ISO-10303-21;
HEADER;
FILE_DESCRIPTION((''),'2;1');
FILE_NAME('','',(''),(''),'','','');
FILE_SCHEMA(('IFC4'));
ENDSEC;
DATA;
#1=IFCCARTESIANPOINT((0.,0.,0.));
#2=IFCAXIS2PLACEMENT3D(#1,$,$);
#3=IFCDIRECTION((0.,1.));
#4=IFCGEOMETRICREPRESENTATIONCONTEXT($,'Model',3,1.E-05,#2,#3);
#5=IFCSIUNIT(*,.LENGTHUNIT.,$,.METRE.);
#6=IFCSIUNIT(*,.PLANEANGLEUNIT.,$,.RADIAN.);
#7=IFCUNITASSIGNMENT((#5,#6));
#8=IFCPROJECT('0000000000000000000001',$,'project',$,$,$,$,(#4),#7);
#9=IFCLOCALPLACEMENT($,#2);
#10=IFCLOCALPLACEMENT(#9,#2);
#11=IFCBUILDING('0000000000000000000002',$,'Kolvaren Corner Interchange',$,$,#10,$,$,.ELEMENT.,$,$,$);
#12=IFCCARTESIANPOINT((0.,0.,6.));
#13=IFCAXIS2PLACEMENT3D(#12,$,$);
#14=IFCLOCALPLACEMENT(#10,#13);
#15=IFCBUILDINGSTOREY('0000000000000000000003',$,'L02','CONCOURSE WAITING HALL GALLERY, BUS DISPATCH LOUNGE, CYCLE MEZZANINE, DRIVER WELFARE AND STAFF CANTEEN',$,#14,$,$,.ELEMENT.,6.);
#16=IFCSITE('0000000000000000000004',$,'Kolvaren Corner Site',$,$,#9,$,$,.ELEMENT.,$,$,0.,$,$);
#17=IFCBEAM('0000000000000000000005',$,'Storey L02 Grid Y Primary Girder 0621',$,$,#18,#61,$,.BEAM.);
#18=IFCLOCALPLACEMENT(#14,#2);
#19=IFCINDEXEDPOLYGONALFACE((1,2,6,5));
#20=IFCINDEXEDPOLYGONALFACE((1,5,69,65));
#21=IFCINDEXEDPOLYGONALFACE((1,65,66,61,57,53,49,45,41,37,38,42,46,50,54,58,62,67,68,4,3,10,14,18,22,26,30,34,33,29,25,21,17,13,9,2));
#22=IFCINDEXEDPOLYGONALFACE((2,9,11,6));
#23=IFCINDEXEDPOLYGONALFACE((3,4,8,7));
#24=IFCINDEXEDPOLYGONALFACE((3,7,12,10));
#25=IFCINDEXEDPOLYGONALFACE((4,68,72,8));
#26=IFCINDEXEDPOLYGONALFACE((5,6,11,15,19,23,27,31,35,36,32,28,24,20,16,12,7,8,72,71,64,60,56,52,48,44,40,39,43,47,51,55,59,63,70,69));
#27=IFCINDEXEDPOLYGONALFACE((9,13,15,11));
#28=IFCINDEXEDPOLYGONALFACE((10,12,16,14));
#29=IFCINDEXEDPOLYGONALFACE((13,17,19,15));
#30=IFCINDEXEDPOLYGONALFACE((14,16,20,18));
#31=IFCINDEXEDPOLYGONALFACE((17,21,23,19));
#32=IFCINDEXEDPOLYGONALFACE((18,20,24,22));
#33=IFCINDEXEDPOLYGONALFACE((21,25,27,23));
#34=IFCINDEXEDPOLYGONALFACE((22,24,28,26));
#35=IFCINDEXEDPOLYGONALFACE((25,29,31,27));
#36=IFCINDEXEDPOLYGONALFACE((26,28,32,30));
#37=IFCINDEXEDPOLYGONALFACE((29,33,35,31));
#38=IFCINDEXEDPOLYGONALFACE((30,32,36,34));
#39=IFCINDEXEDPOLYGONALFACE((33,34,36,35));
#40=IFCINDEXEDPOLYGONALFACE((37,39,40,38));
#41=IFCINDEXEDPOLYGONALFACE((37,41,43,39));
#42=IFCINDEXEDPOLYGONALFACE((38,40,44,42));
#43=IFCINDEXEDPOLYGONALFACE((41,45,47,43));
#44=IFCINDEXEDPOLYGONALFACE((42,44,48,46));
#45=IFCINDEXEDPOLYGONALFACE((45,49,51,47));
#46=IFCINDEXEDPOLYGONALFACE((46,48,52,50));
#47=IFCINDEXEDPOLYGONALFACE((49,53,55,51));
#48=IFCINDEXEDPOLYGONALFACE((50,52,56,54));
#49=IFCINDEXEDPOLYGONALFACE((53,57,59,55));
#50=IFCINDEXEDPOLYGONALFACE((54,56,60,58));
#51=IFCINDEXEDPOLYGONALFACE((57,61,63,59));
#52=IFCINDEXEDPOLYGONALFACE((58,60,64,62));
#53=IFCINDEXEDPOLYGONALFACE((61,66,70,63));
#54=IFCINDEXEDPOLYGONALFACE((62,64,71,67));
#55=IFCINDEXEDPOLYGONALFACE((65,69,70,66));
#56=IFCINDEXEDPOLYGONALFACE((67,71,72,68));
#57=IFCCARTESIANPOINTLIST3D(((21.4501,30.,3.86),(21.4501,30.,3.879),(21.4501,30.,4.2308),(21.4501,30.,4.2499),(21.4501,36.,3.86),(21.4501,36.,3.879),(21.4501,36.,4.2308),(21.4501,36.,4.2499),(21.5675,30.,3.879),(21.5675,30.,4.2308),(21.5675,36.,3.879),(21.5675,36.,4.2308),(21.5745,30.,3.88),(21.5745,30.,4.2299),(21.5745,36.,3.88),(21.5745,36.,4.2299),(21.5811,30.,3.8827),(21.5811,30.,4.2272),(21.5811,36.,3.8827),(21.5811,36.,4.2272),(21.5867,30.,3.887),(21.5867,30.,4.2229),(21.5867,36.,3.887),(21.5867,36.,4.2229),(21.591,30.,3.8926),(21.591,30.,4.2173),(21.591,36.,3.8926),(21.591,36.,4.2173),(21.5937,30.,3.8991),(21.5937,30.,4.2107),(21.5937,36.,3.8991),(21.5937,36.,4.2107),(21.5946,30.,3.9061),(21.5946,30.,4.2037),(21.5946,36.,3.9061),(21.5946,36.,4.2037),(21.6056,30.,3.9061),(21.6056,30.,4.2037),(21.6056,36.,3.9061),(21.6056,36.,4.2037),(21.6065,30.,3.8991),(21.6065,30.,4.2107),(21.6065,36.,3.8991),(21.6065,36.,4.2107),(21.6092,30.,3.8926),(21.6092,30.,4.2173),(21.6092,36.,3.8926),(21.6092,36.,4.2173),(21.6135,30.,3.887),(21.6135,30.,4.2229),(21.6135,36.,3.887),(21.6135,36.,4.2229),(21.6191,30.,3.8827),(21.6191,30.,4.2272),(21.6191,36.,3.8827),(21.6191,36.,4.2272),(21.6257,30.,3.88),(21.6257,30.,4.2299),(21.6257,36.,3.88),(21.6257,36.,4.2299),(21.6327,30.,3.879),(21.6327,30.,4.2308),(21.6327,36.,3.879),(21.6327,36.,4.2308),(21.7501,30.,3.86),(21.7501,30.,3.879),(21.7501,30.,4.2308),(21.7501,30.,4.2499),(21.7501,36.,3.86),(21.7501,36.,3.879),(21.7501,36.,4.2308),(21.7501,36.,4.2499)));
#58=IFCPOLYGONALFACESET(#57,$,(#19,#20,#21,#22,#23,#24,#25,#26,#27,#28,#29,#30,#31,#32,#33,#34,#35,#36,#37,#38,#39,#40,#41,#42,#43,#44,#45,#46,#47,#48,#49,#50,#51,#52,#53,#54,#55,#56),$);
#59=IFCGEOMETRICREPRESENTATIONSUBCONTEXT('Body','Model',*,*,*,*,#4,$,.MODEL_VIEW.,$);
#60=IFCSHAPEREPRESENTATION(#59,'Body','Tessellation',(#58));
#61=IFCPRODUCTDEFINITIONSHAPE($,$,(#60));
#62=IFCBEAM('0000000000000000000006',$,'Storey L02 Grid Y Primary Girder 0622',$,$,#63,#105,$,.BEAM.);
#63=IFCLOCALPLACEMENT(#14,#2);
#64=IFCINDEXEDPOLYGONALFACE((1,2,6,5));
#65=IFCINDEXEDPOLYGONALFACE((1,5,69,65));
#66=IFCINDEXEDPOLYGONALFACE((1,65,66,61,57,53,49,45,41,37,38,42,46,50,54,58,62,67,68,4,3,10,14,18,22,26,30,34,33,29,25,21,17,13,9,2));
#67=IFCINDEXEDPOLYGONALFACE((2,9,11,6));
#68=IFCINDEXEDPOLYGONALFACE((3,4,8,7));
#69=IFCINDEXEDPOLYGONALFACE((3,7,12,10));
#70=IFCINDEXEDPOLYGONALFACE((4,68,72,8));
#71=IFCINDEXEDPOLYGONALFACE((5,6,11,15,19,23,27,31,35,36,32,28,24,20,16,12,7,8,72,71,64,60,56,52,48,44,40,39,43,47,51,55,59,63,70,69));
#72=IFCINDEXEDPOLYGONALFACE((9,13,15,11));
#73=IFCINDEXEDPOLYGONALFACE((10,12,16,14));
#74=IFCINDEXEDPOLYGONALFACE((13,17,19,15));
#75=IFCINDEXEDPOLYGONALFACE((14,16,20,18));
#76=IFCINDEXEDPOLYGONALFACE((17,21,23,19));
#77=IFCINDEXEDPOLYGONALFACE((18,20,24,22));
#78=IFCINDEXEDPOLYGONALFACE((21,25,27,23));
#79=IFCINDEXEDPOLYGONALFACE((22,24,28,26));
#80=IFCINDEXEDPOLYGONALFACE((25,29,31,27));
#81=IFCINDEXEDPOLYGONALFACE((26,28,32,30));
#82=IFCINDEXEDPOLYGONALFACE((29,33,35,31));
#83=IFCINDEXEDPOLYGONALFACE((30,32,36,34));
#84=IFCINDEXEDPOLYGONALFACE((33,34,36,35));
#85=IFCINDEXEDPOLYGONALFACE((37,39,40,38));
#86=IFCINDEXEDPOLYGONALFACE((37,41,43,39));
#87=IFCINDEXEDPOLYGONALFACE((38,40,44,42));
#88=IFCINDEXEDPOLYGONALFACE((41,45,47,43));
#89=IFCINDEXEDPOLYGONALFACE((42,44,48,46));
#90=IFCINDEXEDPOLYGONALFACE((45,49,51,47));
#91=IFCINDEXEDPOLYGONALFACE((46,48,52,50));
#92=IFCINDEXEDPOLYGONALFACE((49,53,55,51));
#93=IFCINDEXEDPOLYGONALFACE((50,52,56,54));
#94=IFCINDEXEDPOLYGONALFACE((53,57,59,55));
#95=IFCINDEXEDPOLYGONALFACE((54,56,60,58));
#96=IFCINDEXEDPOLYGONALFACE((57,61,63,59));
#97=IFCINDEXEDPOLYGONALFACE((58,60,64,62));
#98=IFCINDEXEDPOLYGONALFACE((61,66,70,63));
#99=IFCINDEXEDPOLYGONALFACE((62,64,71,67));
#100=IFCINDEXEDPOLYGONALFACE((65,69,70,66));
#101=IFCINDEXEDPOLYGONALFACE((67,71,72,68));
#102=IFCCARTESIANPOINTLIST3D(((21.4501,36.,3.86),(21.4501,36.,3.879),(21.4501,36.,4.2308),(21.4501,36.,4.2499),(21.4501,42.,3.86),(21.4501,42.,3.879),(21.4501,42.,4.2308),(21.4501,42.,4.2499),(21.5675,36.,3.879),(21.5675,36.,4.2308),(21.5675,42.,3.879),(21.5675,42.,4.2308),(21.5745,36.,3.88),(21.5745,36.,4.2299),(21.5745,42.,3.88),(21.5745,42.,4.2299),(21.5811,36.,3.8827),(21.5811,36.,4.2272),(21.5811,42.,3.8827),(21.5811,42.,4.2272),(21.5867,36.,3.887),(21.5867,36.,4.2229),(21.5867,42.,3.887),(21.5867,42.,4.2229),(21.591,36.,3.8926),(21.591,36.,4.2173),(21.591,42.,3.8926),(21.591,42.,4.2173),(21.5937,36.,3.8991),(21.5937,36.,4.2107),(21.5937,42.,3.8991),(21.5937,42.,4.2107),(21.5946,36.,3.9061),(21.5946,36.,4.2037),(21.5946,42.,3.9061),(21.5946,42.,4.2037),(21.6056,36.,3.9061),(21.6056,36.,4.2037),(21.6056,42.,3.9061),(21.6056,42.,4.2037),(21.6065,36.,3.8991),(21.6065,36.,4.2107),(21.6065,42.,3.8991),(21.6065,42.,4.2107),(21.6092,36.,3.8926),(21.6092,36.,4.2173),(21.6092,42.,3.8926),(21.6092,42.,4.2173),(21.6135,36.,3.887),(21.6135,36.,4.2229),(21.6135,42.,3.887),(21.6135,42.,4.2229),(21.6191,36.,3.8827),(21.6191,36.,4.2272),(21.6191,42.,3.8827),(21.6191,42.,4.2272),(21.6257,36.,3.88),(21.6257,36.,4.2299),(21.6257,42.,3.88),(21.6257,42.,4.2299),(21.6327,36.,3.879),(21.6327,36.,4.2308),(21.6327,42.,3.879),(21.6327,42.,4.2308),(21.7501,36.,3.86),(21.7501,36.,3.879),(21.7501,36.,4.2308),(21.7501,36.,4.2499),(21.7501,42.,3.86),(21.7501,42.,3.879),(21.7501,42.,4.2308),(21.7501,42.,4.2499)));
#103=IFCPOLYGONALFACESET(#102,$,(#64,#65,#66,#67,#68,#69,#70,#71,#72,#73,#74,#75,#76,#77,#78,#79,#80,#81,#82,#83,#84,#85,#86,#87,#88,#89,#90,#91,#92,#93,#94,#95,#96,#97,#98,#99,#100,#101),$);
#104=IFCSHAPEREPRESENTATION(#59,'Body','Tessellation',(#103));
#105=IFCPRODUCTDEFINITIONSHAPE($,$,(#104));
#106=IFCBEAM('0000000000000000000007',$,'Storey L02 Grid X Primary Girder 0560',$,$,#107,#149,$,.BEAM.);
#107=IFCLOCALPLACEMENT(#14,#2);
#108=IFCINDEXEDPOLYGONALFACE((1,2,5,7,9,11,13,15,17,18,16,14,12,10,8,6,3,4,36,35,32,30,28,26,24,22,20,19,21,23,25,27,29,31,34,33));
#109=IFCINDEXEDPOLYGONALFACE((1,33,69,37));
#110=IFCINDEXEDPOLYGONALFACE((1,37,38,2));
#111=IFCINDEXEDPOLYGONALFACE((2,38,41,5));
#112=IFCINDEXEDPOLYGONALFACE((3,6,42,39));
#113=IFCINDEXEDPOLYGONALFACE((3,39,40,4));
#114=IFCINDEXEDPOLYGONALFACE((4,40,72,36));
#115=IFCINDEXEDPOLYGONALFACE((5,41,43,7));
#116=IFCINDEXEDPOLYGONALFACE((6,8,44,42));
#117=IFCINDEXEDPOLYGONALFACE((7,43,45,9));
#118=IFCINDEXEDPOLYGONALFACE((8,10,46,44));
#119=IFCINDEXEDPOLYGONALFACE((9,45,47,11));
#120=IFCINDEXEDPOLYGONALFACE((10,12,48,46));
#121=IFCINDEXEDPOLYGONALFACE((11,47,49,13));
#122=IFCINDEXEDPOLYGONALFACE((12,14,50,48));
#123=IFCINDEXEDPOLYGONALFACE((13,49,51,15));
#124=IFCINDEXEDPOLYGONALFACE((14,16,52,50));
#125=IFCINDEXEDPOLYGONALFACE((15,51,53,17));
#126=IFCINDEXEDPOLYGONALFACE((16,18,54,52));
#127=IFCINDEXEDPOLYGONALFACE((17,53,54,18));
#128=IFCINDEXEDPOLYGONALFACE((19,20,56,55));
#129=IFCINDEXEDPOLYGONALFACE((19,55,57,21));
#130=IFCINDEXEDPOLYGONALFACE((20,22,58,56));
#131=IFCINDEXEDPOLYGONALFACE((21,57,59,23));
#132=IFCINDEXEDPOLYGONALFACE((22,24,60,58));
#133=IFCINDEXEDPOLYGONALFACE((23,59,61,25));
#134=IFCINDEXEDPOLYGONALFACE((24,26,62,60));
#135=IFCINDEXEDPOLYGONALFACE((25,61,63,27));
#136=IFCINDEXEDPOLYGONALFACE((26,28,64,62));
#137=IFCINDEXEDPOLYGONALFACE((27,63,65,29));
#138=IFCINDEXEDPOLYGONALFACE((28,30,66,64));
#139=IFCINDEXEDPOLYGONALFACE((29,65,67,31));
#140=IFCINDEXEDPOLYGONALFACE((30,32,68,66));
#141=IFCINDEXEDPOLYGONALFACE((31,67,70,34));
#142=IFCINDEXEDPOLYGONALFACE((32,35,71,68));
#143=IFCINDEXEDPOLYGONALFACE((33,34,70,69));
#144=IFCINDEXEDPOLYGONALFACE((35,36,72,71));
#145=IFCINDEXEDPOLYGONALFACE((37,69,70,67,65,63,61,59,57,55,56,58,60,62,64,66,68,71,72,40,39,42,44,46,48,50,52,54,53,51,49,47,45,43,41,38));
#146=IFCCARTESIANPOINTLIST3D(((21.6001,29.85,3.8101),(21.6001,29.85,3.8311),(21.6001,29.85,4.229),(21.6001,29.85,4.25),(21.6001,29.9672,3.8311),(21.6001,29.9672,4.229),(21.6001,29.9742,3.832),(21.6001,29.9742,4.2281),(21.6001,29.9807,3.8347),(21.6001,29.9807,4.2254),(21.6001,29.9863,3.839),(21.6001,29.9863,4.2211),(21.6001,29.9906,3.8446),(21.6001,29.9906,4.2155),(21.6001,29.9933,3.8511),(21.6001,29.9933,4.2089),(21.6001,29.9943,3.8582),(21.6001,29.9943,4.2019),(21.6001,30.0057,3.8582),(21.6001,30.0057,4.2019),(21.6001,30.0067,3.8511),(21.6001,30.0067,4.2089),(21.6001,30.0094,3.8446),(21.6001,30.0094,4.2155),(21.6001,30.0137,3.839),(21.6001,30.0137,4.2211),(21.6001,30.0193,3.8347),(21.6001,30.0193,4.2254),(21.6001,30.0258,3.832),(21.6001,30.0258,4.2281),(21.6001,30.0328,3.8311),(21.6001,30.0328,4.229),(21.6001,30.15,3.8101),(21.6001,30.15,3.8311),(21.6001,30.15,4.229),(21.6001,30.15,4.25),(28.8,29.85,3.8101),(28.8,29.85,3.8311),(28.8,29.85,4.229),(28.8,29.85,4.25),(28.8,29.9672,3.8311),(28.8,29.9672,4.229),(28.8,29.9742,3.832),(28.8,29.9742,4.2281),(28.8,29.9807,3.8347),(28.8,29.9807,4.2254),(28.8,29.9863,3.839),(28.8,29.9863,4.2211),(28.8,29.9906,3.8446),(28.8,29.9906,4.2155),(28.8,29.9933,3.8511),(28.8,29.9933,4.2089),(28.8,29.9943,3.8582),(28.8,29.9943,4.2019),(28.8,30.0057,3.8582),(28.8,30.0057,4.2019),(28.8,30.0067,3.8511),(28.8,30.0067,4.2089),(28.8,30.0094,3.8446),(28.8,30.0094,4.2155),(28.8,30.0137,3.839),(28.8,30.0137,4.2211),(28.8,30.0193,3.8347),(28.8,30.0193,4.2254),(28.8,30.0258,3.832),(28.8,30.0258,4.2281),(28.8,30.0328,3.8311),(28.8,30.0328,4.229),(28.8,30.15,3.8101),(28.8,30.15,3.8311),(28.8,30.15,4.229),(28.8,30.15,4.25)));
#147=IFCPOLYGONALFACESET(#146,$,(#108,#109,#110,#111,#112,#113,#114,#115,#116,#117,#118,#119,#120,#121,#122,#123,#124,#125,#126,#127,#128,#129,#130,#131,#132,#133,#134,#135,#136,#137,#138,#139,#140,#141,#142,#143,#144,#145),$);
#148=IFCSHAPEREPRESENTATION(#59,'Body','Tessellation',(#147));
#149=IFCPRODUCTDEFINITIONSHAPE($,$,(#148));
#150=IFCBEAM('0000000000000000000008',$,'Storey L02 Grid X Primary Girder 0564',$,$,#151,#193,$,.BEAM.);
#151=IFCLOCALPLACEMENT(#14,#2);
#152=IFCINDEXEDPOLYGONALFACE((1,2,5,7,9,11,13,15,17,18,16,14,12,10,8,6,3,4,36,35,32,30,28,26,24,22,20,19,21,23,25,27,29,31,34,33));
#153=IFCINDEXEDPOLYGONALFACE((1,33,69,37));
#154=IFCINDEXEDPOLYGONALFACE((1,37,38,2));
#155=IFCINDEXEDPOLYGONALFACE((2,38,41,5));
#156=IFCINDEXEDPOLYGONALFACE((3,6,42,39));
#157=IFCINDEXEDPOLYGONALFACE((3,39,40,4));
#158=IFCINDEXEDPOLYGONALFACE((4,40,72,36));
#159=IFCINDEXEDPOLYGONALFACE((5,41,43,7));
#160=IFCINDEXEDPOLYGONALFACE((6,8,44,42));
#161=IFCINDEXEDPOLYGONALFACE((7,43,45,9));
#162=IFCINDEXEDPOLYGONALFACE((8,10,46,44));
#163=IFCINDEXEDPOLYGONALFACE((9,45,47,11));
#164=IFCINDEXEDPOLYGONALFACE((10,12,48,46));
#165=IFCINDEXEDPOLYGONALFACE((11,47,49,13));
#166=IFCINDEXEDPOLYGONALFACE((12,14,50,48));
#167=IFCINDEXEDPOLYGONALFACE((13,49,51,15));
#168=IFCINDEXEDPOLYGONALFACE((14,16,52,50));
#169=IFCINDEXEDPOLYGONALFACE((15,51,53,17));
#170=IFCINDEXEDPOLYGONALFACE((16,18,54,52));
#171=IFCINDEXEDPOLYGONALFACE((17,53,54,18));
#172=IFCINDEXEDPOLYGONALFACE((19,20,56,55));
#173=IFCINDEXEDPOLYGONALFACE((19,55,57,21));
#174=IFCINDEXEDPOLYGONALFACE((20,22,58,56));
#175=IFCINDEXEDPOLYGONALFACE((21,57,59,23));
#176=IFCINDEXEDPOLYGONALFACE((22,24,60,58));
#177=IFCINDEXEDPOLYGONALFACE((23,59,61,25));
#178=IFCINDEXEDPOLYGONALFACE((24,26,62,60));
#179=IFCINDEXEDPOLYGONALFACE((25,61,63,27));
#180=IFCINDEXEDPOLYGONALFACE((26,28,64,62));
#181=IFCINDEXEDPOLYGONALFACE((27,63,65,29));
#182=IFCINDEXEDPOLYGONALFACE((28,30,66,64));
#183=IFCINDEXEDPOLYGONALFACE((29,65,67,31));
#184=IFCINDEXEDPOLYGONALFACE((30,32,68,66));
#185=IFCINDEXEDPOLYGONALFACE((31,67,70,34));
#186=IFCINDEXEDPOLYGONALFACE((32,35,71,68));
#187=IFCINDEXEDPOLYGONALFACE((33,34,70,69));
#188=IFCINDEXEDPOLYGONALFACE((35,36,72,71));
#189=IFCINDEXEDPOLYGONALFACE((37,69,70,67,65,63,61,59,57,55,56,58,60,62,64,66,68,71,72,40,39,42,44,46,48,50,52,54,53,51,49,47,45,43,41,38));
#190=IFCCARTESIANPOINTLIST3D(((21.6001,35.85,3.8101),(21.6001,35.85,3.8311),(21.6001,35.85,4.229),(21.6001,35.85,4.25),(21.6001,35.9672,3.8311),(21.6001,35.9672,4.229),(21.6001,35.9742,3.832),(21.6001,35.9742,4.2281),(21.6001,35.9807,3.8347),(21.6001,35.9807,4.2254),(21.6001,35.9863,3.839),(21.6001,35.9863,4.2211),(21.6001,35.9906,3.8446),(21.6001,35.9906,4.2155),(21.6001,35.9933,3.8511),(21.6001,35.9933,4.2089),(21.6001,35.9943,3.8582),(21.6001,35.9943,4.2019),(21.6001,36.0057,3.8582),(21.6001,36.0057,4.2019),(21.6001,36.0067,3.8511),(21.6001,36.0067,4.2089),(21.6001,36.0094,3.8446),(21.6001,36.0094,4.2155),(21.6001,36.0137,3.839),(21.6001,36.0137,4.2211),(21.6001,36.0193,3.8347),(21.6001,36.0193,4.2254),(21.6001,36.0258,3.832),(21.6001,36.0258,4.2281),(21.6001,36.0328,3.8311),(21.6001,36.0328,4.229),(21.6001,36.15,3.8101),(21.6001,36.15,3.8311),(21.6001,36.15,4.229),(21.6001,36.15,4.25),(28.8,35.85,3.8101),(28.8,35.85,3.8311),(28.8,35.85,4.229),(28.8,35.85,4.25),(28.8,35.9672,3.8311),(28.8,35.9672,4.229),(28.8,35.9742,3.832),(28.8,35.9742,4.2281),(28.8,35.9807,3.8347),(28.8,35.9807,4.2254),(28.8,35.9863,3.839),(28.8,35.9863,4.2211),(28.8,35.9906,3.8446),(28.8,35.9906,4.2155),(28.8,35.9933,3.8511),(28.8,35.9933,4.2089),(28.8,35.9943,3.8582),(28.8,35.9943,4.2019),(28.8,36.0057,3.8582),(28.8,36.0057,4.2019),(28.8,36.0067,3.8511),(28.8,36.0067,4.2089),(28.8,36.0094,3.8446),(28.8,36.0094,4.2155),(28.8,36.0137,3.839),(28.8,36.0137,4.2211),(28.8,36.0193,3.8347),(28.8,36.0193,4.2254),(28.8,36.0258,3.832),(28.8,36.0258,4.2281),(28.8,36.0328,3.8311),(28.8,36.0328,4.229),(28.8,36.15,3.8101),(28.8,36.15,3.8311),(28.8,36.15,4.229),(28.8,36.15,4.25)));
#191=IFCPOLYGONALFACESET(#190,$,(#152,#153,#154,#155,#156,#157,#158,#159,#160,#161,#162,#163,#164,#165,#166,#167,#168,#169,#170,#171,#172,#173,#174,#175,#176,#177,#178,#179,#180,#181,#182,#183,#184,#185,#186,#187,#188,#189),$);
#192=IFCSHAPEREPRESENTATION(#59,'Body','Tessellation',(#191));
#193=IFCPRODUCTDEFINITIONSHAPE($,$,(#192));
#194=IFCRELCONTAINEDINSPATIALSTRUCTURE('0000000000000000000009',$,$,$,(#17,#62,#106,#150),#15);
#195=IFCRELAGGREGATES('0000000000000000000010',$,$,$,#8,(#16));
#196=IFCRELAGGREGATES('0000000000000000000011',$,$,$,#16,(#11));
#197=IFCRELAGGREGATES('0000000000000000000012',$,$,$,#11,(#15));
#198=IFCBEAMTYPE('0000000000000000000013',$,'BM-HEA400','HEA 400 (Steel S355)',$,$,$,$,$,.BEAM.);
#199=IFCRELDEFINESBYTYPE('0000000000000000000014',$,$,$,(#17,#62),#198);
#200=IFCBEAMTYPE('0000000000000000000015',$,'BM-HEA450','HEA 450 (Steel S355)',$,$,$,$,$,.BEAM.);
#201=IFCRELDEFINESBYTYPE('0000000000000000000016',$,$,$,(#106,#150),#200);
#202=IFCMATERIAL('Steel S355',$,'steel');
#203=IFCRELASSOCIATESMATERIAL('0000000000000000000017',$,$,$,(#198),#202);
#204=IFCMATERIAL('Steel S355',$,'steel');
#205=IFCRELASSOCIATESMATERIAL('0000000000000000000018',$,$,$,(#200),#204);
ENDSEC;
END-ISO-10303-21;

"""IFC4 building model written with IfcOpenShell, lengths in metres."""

from ifc_helpers import new_model, si_unit, direction, frame, origin, origin_2d, place, context, subcontext, project, spatial, i_section, extrude, material, material_profile, profile_set, type_object, element, save


model = new_model("IFC4")

# Units and contexts
model_context = context("Model", 3, precision=1e-05, world=origin(), true_north=direction((0.0, 1.0)))
body_context = subcontext(model_context, "Body", "Model", "MODEL_VIEW")
ifc_project = project(units=[si_unit("LENGTHUNIT", "METRE"), si_unit("PLANEANGLEUNIT", "RADIAN")], contexts=[model_context])

# Site, building, storey
site_placement = place(None, origin())
site = spatial("IfcSite", under=ifc_project, at=site_placement, Name="Kolvaren Corner Site", CompositionType="ELEMENT", RefElevation=0.0)
building_placement = place(site_placement, origin())
building = spatial("IfcBuilding", under=site, at=building_placement, Name="Kolvaren Corner Interchange", CompositionType="ELEMENT")
storey_placement = place(building_placement, frame((0.0, 0.0, 6.0)))
storey = spatial("IfcBuildingStorey", under=building, at=storey_placement, Name="L02", Description="CONCOURSE WAITING HALL GALLERY, BUS DISPATCH LOUNGE, CYCLE MEZZANINE, DRIVER WELFARE AND STAFF CANTEEN", CompositionType="ELEMENT", Elevation=6.0)

# Beams
ifc_material_1 = material(Name="Steel S355", Category="steel")
ifc_material_profile_1 = material_profile(ifc_material_1, i_section(OverallWidth=0.3, OverallDepth=0.3899, WebThickness=0.011, FlangeThickness=0.019, FilletRadius=0.0271, at=origin_2d()), Name="HEA 400")
ifc_profile_set_1 = profile_set([ifc_material_profile_1], Name="Steel S355")
beam_type_1 = type_object("IfcBeamType", Name="BM-HEA400", Description="HEA 400 (Steel S355)", PredefinedType="BEAM", material=ifc_profile_set_1)
for number, where, z_axis, x_axis, name in (
    (1, (21.6001, 30.0, 4.0549), (0.0, 1.0, 0.0), (-1.0, 0.0, 0.0), "Storey L02 Grid Y Primary Girder 0621"),
    (2, (21.6001, 36.0, 4.0549), (0.0, 1.0, 0.0), (-1.0, 0.0, 0.0), "Storey L02 Grid Y Primary Girder 0622"),
):
    element("IfcBeam", number, at=place(storey_placement, frame(where, z_axis=z_axis, x_axis=x_axis)), inside=storey, type_object=beam_type_1, Name=name, PredefinedType="BEAM", context=body_context, shape_type="SweptSolid", body=[
        extrude(i_section(OverallWidth=0.3, OverallDepth=0.3899, WebThickness=0.011, FlangeThickness=0.019, FilletRadius=0.0271, at=origin_2d()), origin(), (0.0, 0.0, 1.0), 6.0),
    ])
ifc_material_2 = material(Name="Steel S355", Category="steel")
ifc_material_profile_2 = material_profile(ifc_material_2, i_section(OverallWidth=0.3, OverallDepth=0.4399, WebThickness=0.0115, FlangeThickness=0.021, FilletRadius=0.0271, at=origin_2d()), Name="HEA 450")
ifc_profile_set_2 = profile_set([ifc_material_profile_2], Name="Steel S355")
beam_type_2 = type_object("IfcBeamType", Name="BM-HEA450", Description="HEA 450 (Steel S355)", PredefinedType="BEAM", material=ifc_profile_set_2)
for number, where, z_axis, x_axis, name in (
    (3, (21.6001, 30.0, 4.03), (1.0, 0.0, 0.0), (0.0, 1.0, 0.0), "Storey L02 Grid X Primary Girder 0560"),
    (4, (21.6001, 36.0, 4.03), (1.0, 0.0, 0.0), (0.0, 1.0, 0.0), "Storey L02 Grid X Primary Girder 0564"),
):
    element("IfcBeam", number, at=place(storey_placement, frame(where, z_axis=z_axis, x_axis=x_axis)), inside=storey, type_object=beam_type_2, Name=name, PredefinedType="BEAM", context=body_context, shape_type="SweptSolid", body=[
        extrude(i_section(OverallWidth=0.3, OverallDepth=0.4399, WebThickness=0.0115, FlangeThickness=0.021, FilletRadius=0.0271, at=origin_2d()), origin(), (0.0, 0.0, 1.0), 7.2),
    ])

save(model, "model.ifc")
